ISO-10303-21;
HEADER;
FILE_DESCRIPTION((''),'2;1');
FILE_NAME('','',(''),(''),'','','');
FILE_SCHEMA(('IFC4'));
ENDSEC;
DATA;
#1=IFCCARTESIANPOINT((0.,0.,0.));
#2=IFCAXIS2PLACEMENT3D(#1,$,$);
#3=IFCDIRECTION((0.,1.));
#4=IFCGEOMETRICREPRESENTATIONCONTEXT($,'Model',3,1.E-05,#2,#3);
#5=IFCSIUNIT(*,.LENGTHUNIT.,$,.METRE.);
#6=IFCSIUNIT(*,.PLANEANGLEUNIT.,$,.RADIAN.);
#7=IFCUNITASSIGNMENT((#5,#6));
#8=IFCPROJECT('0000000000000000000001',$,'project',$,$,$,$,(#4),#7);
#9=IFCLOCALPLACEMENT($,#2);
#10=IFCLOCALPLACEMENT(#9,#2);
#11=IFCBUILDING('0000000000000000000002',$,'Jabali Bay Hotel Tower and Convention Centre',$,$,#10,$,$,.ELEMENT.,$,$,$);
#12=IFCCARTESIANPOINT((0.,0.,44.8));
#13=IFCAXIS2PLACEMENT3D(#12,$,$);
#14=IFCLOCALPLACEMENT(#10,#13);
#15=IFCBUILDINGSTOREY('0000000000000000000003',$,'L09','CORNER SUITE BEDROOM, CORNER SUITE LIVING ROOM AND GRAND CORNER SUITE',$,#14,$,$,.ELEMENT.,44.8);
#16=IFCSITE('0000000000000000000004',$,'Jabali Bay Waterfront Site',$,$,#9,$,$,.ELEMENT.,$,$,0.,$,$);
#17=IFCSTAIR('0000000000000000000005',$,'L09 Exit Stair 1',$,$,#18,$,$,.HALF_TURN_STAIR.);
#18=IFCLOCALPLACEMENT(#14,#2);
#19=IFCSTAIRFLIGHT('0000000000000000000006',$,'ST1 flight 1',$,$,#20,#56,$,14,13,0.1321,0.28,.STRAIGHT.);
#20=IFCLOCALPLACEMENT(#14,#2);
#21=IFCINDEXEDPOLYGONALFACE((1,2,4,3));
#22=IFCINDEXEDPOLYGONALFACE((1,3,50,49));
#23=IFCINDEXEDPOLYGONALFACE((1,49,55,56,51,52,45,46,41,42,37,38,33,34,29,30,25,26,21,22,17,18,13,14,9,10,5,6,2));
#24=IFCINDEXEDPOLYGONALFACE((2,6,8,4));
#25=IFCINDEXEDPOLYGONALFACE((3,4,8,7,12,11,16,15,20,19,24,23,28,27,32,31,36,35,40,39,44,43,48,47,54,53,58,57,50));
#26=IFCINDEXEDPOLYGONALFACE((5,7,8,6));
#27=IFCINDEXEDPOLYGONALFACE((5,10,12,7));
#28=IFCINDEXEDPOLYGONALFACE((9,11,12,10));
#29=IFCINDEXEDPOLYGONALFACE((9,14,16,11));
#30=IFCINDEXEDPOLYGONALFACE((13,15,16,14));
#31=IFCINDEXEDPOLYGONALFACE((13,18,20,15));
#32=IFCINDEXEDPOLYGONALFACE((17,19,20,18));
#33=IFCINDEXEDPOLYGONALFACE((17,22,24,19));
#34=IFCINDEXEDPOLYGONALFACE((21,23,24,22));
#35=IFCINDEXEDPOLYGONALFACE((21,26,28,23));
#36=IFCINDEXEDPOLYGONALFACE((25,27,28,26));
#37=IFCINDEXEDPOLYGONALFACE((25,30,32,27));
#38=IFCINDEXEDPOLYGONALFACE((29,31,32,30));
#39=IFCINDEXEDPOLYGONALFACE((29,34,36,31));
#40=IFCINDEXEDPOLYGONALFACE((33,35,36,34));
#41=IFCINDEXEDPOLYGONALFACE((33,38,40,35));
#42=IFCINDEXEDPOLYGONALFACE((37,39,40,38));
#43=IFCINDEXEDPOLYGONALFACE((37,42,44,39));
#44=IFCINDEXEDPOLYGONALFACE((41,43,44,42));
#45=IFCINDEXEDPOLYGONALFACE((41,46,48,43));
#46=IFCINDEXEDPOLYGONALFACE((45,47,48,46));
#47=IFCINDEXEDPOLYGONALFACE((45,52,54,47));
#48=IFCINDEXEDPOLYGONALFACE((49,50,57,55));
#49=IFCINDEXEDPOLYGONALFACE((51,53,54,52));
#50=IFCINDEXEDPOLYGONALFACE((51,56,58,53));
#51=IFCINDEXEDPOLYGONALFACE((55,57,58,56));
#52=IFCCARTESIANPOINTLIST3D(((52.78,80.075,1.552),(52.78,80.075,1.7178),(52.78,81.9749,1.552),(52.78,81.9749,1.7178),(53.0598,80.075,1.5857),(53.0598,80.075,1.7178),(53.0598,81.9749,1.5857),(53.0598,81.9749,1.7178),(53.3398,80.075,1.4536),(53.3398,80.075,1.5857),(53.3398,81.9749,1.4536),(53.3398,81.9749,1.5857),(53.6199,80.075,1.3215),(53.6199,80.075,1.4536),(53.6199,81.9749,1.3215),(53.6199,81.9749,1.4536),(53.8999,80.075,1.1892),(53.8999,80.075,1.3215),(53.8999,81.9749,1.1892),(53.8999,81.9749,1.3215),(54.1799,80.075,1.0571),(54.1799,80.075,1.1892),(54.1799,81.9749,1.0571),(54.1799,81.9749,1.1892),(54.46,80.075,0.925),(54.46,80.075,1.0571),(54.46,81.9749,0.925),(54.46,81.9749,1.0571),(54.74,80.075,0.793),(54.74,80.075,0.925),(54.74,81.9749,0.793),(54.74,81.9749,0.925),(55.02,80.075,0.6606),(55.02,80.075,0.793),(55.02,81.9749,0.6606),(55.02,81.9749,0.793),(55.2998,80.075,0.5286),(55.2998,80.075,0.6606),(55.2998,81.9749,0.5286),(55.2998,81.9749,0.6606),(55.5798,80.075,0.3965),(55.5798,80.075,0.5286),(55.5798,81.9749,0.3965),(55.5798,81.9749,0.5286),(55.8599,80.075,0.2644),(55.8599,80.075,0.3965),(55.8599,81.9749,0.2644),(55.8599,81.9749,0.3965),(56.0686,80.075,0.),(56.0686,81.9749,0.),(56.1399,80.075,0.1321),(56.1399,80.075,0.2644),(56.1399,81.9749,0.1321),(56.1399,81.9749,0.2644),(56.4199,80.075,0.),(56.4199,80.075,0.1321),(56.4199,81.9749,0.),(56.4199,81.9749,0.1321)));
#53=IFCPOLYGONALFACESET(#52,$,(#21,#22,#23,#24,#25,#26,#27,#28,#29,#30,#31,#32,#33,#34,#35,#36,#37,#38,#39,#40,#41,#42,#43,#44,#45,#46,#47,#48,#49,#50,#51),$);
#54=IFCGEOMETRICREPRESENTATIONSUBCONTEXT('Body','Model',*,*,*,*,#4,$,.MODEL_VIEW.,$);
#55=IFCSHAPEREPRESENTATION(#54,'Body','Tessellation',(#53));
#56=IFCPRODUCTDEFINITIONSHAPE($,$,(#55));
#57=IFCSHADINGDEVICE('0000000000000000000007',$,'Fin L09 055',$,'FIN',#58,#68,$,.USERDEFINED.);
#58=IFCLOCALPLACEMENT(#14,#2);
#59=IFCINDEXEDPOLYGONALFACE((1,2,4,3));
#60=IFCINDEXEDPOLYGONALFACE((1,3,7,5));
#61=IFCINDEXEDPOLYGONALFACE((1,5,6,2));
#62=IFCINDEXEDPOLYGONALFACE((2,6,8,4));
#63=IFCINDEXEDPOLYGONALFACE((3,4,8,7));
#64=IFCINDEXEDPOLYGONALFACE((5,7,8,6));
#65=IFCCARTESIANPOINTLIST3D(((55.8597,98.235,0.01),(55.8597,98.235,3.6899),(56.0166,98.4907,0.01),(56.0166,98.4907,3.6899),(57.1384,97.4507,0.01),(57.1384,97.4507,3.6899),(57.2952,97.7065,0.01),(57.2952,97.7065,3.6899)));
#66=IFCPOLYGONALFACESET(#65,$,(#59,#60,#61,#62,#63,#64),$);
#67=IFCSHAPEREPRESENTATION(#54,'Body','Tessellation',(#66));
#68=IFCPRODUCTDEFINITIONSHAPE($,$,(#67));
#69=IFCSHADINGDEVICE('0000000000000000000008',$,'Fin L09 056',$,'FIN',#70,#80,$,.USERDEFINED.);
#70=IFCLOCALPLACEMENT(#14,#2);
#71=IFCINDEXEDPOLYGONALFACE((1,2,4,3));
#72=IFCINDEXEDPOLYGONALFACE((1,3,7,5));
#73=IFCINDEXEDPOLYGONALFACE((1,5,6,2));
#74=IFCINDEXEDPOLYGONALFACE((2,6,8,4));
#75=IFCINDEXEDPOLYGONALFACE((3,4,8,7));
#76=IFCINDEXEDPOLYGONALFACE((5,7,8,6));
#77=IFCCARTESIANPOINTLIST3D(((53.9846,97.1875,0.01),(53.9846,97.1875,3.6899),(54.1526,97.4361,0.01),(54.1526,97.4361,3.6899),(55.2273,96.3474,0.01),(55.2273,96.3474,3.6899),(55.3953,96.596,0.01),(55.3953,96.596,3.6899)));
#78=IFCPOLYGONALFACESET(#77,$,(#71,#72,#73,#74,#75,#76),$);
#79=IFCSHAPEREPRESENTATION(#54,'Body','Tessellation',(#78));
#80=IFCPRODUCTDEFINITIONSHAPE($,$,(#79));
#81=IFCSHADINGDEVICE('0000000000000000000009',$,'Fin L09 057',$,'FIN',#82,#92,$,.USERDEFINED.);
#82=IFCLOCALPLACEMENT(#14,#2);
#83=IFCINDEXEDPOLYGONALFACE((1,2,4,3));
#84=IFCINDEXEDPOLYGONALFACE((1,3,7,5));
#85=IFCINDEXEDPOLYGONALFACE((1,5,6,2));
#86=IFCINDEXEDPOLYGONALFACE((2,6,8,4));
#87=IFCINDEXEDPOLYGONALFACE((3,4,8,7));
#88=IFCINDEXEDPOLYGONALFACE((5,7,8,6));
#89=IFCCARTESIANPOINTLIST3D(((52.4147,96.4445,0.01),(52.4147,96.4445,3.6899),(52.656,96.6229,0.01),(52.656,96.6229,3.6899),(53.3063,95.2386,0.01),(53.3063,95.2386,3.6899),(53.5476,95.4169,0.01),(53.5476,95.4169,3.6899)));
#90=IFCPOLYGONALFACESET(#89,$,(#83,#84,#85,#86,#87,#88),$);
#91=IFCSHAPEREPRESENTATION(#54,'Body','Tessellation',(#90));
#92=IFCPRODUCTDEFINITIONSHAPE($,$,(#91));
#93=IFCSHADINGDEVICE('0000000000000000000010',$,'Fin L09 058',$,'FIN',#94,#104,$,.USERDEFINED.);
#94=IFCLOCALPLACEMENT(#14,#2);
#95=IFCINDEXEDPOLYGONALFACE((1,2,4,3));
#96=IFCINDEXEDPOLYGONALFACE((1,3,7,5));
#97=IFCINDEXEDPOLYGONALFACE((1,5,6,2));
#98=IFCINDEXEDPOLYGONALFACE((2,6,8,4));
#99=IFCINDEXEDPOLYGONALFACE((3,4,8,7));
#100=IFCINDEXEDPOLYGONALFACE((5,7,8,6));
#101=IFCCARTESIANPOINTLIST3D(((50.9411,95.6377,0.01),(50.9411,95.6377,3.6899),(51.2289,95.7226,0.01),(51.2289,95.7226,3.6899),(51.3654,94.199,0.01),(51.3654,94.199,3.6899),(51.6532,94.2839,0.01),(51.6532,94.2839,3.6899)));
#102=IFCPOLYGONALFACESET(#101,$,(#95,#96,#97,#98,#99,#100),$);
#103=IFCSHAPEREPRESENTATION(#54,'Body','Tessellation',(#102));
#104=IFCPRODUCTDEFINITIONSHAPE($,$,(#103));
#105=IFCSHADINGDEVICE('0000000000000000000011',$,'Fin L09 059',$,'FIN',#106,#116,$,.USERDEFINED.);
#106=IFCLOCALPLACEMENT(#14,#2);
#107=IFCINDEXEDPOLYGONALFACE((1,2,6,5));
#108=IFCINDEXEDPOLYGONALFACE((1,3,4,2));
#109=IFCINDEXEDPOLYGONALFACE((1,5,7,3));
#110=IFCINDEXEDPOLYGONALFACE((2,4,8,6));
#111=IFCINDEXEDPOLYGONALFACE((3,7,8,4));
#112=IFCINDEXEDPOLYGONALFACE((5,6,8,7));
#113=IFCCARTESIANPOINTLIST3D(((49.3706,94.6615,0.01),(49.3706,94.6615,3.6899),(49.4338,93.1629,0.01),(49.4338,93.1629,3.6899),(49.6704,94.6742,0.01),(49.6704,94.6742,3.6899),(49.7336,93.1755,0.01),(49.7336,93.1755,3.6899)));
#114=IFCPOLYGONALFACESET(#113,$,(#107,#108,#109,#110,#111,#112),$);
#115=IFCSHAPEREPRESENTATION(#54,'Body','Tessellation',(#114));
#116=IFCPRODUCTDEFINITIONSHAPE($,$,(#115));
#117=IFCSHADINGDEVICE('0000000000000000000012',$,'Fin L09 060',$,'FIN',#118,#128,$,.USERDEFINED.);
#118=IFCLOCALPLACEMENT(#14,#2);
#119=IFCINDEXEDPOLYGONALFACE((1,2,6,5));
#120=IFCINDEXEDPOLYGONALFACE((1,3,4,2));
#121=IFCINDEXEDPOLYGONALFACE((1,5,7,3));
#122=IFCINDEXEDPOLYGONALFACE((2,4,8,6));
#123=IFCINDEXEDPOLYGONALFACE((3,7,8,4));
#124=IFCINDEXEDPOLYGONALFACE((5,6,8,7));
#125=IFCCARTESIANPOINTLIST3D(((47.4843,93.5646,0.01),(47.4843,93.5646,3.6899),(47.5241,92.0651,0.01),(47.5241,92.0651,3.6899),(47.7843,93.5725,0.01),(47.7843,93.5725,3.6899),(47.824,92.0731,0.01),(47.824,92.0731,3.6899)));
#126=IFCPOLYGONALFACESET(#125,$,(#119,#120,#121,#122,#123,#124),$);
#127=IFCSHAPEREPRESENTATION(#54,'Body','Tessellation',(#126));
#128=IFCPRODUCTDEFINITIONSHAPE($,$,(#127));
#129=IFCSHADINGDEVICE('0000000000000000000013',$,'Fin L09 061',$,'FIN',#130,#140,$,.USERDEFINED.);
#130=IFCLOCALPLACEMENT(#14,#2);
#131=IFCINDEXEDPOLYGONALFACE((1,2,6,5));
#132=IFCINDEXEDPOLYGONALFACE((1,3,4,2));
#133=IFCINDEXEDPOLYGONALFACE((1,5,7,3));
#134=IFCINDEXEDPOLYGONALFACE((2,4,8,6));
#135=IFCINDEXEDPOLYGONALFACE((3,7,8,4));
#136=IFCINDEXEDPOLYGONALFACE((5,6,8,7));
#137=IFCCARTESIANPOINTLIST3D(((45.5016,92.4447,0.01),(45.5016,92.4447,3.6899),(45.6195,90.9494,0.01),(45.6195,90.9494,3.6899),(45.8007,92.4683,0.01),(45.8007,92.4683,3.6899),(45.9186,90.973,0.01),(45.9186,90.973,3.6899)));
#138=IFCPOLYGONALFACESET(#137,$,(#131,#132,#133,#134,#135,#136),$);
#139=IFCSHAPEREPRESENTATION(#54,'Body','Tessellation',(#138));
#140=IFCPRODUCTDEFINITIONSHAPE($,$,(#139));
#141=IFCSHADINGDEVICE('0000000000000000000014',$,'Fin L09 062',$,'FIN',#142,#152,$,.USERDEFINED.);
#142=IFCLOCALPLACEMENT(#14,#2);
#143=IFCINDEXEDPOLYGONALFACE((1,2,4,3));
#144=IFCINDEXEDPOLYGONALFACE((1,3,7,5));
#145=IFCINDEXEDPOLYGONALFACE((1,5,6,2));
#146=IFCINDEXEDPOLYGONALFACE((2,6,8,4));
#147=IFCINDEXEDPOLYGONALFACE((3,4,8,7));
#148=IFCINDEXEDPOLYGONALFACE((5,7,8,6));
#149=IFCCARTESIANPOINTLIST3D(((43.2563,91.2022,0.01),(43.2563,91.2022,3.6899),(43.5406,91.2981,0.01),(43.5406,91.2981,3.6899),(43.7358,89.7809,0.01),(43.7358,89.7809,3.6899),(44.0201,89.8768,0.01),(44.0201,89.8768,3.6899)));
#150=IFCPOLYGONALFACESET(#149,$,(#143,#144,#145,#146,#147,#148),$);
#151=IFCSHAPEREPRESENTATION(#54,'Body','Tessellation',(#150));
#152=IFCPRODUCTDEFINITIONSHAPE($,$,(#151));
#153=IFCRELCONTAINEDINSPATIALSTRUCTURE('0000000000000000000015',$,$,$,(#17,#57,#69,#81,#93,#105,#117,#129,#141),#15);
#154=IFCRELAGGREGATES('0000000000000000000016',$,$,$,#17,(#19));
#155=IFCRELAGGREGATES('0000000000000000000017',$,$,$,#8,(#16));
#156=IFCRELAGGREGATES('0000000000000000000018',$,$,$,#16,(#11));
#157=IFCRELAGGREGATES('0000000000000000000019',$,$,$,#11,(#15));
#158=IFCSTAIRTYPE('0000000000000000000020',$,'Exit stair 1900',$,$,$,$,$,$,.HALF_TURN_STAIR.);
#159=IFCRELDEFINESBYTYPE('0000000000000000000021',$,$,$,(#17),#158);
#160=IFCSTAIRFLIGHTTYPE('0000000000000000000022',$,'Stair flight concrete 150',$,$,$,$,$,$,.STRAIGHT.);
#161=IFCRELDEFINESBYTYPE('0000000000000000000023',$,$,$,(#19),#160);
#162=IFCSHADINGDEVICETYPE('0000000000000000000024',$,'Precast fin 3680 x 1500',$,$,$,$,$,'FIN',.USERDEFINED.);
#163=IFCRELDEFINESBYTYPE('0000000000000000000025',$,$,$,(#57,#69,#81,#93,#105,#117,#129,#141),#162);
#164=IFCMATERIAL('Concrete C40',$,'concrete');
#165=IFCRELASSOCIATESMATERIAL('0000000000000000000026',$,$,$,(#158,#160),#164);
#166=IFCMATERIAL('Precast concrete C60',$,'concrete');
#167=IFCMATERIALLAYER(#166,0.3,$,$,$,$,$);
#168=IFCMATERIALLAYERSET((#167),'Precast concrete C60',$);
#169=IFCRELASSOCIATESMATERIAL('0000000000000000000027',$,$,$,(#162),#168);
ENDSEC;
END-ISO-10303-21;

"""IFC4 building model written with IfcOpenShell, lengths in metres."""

from ifc_helpers import new_model, si_unit, direction, frame, frame_2d, origin, place, context, subcontext, project, spatial, polyline, rectangle, outline, extrude, material, layer, layer_set, type_object, element, aggregate, save


model = new_model("IFC4")

# Units and contexts
model_context = context("Model", 3, precision=1e-05, world=origin(), true_north=direction((0.0, 1.0)))
body_context = subcontext(model_context, "Body", "Model", "MODEL_VIEW")
ifc_project = project(units=[si_unit("LENGTHUNIT", "METRE"), si_unit("PLANEANGLEUNIT", "RADIAN")], contexts=[model_context])

# Site, building, storey
site_placement = place(None, origin())
site = spatial("IfcSite", under=ifc_project, at=site_placement, Name="Jabali Bay Waterfront Site", CompositionType="ELEMENT", RefElevation=0.0)
building_placement = place(site_placement, origin())
building = spatial("IfcBuilding", under=site, at=building_placement, Name="Jabali Bay Hotel Tower and Convention Centre", CompositionType="ELEMENT")
storey_placement = place(building_placement, frame((0.0, 0.0, 44.8)))
storey = spatial("IfcBuildingStorey", under=building, at=storey_placement, Name="L09", Description="CORNER SUITE BEDROOM, CORNER SUITE LIVING ROOM AND GRAND CORNER SUITE", CompositionType="ELEMENT", Elevation=44.8)

# Shared definitions
ifc_material_1 = material(Name="Concrete C40", Category="concrete")

# Stair, stair flight
stair_type = type_object("IfcStairType", Name="Exit stair 1900", PredefinedType="HALF_TURN_STAIR", material=ifc_material_1)
stair_placement = place(storey_placement, origin())
stair = element("IfcStair", 1, at=stair_placement, inside=storey, type_object=stair_type, Name="L09 Exit Stair 1", PredefinedType="HALF_TURN_STAIR")
stair_flight_type = type_object("IfcStairFlightType", Name="Stair flight concrete 150", PredefinedType="STRAIGHT", material=ifc_material_1)
stair_flight_placement = place(storey_placement, frame((56.4199, 81.0249, 0.0), z_axis=(0.0, 0.0, 1.0), x_axis=(-1.0, 0.0, 0.0)))
stair_flight = element("IfcStairFlight", 2, at=stair_flight_placement, type_object=stair_flight_type, Name="ST1 flight 1", NumberOfRisers=14, NumberOfTreads=13, PredefinedType="STRAIGHT", RiserHeight=0.1321, TreadLength=0.28, context=body_context, shape_type="SweptSolid", body=[
    extrude(outline(polyline([(0.0, 0.0), (0.0, 0.1321), (0.28, 0.1321), (0.28, 0.2644), (0.5601, 0.2644), (0.5601, 0.3965), (0.8401, 0.3965), (0.8401, 0.5286), (1.1201, 0.5286), (1.1201, 0.6606), (1.3999, 0.6606), (1.3999, 0.793), (1.6799, 0.793), (1.6799, 0.925), (1.96, 0.925), (1.96, 1.0571), (2.24, 1.0571), (2.24, 1.1892), (2.52, 1.1892), (2.52, 1.3215), (2.8, 1.3215), (2.8, 1.4536), (3.0801, 1.4536), (3.0801, 1.5857), (3.3601, 1.5857), (3.3601, 1.7178), (3.6399, 1.7178), (3.6399, 1.8501), (3.6399, 1.552), (0.3513, 0.0), (0.0, 0.0)])), frame((0.0, 0.95, 0.0), z_axis=(0.0, -1.0, 0.0), x_axis=(1.0, 0.0, 0.0)), (0.0, 0.0, 1.0), 1.8999),
])
aggregate(stair, [stair_flight])

# Shading devices
ifc_material_2 = material(Name="Precast concrete C60", Category="concrete")
ifc_layer_1 = layer(ifc_material_2, 0.3)
ifc_layer_set_1 = layer_set([ifc_layer_1], Name="Precast concrete C60")
shading_device_type = type_object("IfcShadingDeviceType", Name="Precast fin 3680 x 1500", ElementType="FIN", PredefinedType="USERDEFINED", material=ifc_layer_set_1)
for number, where, z_axis, x_axis, name in (
    (3, (57.2168, 97.5786, 0.01), (0.0, 0.0, 1.0), (-0.85244, 0.522825, 0.0), "Fin L09 055"),
    (4, (55.3113, 96.4717, 0.01), (0.0, 0.0, 1.0), (-0.828452, 0.56006, 0.0), "Fin L09 056"),
):
    element("IfcShadingDevice", number, at=place(storey_placement, frame(where, z_axis=z_axis, x_axis=x_axis)), inside=storey, type_object=shading_device_type, Name=name, ObjectType="FIN", PredefinedType="USERDEFINED", context=body_context, shape_type="SweptSolid", body=[
        extrude(rectangle(XDim=1.5, YDim=0.3, at=frame_2d((0.75, 0.0))), origin(), (0.0, 0.0, 1.0), 3.6799),
    ])
shading_device_placement = place(storey_placement, frame((53.427, 95.3276, 0.01), z_axis=(0.0, 0.0, 1.0), x_axis=(-0.594464, 0.804122, 0.0)))
element("IfcShadingDevice", 5, at=shading_device_placement, inside=storey, type_object=shading_device_type, Name="Fin L09 057", ObjectType="FIN", PredefinedType="USERDEFINED", context=body_context, shape_type="SweptSolid", body=[
    extrude(rectangle(XDim=1.4998, YDim=0.3, at=frame_2d((0.75, 0.0))), origin(), (0.0, 0.0, 1.0), 3.6799),
])
for number, where, z_axis, x_axis, name in (
    (6, (51.5093, 94.2415, 0.01), (0.0, 0.0, 1.0), (-0.28288, 0.959155, 0.0), "Fin L09 058"),
    (7, (49.5837, 93.1692, 0.01), (0.0, 0.0, 1.0), (-0.042152, 0.999111, 0.0), "Fin L09 059"),
    (8, (47.6741, 92.0691, 0.01), (0.0, 0.0, 1.0), (-0.026529, 0.999648, 0.0), "Fin L09 060"),
    (9, (45.769, 90.9612, 0.01), (0.0, 0.0, 1.0), (-0.078613, 0.996905, 0.0), "Fin L09 061"),
    (10, (43.8779, 89.8289, 0.01), (0.0, 0.0, 1.0), (-0.319643, 0.947538, 0.0), "Fin L09 062"),
):
    element("IfcShadingDevice", number, at=place(storey_placement, frame(where, z_axis=z_axis, x_axis=x_axis)), inside=storey, type_object=shading_device_type, Name=name, ObjectType="FIN", PredefinedType="USERDEFINED", context=body_context, shape_type="SweptSolid", body=[
        extrude(rectangle(XDim=1.5, YDim=0.3, at=frame_2d((0.75, 0.0))), origin(), (0.0, 0.0, 1.0), 3.6799),
    ])

save(model, "model.ifc")
